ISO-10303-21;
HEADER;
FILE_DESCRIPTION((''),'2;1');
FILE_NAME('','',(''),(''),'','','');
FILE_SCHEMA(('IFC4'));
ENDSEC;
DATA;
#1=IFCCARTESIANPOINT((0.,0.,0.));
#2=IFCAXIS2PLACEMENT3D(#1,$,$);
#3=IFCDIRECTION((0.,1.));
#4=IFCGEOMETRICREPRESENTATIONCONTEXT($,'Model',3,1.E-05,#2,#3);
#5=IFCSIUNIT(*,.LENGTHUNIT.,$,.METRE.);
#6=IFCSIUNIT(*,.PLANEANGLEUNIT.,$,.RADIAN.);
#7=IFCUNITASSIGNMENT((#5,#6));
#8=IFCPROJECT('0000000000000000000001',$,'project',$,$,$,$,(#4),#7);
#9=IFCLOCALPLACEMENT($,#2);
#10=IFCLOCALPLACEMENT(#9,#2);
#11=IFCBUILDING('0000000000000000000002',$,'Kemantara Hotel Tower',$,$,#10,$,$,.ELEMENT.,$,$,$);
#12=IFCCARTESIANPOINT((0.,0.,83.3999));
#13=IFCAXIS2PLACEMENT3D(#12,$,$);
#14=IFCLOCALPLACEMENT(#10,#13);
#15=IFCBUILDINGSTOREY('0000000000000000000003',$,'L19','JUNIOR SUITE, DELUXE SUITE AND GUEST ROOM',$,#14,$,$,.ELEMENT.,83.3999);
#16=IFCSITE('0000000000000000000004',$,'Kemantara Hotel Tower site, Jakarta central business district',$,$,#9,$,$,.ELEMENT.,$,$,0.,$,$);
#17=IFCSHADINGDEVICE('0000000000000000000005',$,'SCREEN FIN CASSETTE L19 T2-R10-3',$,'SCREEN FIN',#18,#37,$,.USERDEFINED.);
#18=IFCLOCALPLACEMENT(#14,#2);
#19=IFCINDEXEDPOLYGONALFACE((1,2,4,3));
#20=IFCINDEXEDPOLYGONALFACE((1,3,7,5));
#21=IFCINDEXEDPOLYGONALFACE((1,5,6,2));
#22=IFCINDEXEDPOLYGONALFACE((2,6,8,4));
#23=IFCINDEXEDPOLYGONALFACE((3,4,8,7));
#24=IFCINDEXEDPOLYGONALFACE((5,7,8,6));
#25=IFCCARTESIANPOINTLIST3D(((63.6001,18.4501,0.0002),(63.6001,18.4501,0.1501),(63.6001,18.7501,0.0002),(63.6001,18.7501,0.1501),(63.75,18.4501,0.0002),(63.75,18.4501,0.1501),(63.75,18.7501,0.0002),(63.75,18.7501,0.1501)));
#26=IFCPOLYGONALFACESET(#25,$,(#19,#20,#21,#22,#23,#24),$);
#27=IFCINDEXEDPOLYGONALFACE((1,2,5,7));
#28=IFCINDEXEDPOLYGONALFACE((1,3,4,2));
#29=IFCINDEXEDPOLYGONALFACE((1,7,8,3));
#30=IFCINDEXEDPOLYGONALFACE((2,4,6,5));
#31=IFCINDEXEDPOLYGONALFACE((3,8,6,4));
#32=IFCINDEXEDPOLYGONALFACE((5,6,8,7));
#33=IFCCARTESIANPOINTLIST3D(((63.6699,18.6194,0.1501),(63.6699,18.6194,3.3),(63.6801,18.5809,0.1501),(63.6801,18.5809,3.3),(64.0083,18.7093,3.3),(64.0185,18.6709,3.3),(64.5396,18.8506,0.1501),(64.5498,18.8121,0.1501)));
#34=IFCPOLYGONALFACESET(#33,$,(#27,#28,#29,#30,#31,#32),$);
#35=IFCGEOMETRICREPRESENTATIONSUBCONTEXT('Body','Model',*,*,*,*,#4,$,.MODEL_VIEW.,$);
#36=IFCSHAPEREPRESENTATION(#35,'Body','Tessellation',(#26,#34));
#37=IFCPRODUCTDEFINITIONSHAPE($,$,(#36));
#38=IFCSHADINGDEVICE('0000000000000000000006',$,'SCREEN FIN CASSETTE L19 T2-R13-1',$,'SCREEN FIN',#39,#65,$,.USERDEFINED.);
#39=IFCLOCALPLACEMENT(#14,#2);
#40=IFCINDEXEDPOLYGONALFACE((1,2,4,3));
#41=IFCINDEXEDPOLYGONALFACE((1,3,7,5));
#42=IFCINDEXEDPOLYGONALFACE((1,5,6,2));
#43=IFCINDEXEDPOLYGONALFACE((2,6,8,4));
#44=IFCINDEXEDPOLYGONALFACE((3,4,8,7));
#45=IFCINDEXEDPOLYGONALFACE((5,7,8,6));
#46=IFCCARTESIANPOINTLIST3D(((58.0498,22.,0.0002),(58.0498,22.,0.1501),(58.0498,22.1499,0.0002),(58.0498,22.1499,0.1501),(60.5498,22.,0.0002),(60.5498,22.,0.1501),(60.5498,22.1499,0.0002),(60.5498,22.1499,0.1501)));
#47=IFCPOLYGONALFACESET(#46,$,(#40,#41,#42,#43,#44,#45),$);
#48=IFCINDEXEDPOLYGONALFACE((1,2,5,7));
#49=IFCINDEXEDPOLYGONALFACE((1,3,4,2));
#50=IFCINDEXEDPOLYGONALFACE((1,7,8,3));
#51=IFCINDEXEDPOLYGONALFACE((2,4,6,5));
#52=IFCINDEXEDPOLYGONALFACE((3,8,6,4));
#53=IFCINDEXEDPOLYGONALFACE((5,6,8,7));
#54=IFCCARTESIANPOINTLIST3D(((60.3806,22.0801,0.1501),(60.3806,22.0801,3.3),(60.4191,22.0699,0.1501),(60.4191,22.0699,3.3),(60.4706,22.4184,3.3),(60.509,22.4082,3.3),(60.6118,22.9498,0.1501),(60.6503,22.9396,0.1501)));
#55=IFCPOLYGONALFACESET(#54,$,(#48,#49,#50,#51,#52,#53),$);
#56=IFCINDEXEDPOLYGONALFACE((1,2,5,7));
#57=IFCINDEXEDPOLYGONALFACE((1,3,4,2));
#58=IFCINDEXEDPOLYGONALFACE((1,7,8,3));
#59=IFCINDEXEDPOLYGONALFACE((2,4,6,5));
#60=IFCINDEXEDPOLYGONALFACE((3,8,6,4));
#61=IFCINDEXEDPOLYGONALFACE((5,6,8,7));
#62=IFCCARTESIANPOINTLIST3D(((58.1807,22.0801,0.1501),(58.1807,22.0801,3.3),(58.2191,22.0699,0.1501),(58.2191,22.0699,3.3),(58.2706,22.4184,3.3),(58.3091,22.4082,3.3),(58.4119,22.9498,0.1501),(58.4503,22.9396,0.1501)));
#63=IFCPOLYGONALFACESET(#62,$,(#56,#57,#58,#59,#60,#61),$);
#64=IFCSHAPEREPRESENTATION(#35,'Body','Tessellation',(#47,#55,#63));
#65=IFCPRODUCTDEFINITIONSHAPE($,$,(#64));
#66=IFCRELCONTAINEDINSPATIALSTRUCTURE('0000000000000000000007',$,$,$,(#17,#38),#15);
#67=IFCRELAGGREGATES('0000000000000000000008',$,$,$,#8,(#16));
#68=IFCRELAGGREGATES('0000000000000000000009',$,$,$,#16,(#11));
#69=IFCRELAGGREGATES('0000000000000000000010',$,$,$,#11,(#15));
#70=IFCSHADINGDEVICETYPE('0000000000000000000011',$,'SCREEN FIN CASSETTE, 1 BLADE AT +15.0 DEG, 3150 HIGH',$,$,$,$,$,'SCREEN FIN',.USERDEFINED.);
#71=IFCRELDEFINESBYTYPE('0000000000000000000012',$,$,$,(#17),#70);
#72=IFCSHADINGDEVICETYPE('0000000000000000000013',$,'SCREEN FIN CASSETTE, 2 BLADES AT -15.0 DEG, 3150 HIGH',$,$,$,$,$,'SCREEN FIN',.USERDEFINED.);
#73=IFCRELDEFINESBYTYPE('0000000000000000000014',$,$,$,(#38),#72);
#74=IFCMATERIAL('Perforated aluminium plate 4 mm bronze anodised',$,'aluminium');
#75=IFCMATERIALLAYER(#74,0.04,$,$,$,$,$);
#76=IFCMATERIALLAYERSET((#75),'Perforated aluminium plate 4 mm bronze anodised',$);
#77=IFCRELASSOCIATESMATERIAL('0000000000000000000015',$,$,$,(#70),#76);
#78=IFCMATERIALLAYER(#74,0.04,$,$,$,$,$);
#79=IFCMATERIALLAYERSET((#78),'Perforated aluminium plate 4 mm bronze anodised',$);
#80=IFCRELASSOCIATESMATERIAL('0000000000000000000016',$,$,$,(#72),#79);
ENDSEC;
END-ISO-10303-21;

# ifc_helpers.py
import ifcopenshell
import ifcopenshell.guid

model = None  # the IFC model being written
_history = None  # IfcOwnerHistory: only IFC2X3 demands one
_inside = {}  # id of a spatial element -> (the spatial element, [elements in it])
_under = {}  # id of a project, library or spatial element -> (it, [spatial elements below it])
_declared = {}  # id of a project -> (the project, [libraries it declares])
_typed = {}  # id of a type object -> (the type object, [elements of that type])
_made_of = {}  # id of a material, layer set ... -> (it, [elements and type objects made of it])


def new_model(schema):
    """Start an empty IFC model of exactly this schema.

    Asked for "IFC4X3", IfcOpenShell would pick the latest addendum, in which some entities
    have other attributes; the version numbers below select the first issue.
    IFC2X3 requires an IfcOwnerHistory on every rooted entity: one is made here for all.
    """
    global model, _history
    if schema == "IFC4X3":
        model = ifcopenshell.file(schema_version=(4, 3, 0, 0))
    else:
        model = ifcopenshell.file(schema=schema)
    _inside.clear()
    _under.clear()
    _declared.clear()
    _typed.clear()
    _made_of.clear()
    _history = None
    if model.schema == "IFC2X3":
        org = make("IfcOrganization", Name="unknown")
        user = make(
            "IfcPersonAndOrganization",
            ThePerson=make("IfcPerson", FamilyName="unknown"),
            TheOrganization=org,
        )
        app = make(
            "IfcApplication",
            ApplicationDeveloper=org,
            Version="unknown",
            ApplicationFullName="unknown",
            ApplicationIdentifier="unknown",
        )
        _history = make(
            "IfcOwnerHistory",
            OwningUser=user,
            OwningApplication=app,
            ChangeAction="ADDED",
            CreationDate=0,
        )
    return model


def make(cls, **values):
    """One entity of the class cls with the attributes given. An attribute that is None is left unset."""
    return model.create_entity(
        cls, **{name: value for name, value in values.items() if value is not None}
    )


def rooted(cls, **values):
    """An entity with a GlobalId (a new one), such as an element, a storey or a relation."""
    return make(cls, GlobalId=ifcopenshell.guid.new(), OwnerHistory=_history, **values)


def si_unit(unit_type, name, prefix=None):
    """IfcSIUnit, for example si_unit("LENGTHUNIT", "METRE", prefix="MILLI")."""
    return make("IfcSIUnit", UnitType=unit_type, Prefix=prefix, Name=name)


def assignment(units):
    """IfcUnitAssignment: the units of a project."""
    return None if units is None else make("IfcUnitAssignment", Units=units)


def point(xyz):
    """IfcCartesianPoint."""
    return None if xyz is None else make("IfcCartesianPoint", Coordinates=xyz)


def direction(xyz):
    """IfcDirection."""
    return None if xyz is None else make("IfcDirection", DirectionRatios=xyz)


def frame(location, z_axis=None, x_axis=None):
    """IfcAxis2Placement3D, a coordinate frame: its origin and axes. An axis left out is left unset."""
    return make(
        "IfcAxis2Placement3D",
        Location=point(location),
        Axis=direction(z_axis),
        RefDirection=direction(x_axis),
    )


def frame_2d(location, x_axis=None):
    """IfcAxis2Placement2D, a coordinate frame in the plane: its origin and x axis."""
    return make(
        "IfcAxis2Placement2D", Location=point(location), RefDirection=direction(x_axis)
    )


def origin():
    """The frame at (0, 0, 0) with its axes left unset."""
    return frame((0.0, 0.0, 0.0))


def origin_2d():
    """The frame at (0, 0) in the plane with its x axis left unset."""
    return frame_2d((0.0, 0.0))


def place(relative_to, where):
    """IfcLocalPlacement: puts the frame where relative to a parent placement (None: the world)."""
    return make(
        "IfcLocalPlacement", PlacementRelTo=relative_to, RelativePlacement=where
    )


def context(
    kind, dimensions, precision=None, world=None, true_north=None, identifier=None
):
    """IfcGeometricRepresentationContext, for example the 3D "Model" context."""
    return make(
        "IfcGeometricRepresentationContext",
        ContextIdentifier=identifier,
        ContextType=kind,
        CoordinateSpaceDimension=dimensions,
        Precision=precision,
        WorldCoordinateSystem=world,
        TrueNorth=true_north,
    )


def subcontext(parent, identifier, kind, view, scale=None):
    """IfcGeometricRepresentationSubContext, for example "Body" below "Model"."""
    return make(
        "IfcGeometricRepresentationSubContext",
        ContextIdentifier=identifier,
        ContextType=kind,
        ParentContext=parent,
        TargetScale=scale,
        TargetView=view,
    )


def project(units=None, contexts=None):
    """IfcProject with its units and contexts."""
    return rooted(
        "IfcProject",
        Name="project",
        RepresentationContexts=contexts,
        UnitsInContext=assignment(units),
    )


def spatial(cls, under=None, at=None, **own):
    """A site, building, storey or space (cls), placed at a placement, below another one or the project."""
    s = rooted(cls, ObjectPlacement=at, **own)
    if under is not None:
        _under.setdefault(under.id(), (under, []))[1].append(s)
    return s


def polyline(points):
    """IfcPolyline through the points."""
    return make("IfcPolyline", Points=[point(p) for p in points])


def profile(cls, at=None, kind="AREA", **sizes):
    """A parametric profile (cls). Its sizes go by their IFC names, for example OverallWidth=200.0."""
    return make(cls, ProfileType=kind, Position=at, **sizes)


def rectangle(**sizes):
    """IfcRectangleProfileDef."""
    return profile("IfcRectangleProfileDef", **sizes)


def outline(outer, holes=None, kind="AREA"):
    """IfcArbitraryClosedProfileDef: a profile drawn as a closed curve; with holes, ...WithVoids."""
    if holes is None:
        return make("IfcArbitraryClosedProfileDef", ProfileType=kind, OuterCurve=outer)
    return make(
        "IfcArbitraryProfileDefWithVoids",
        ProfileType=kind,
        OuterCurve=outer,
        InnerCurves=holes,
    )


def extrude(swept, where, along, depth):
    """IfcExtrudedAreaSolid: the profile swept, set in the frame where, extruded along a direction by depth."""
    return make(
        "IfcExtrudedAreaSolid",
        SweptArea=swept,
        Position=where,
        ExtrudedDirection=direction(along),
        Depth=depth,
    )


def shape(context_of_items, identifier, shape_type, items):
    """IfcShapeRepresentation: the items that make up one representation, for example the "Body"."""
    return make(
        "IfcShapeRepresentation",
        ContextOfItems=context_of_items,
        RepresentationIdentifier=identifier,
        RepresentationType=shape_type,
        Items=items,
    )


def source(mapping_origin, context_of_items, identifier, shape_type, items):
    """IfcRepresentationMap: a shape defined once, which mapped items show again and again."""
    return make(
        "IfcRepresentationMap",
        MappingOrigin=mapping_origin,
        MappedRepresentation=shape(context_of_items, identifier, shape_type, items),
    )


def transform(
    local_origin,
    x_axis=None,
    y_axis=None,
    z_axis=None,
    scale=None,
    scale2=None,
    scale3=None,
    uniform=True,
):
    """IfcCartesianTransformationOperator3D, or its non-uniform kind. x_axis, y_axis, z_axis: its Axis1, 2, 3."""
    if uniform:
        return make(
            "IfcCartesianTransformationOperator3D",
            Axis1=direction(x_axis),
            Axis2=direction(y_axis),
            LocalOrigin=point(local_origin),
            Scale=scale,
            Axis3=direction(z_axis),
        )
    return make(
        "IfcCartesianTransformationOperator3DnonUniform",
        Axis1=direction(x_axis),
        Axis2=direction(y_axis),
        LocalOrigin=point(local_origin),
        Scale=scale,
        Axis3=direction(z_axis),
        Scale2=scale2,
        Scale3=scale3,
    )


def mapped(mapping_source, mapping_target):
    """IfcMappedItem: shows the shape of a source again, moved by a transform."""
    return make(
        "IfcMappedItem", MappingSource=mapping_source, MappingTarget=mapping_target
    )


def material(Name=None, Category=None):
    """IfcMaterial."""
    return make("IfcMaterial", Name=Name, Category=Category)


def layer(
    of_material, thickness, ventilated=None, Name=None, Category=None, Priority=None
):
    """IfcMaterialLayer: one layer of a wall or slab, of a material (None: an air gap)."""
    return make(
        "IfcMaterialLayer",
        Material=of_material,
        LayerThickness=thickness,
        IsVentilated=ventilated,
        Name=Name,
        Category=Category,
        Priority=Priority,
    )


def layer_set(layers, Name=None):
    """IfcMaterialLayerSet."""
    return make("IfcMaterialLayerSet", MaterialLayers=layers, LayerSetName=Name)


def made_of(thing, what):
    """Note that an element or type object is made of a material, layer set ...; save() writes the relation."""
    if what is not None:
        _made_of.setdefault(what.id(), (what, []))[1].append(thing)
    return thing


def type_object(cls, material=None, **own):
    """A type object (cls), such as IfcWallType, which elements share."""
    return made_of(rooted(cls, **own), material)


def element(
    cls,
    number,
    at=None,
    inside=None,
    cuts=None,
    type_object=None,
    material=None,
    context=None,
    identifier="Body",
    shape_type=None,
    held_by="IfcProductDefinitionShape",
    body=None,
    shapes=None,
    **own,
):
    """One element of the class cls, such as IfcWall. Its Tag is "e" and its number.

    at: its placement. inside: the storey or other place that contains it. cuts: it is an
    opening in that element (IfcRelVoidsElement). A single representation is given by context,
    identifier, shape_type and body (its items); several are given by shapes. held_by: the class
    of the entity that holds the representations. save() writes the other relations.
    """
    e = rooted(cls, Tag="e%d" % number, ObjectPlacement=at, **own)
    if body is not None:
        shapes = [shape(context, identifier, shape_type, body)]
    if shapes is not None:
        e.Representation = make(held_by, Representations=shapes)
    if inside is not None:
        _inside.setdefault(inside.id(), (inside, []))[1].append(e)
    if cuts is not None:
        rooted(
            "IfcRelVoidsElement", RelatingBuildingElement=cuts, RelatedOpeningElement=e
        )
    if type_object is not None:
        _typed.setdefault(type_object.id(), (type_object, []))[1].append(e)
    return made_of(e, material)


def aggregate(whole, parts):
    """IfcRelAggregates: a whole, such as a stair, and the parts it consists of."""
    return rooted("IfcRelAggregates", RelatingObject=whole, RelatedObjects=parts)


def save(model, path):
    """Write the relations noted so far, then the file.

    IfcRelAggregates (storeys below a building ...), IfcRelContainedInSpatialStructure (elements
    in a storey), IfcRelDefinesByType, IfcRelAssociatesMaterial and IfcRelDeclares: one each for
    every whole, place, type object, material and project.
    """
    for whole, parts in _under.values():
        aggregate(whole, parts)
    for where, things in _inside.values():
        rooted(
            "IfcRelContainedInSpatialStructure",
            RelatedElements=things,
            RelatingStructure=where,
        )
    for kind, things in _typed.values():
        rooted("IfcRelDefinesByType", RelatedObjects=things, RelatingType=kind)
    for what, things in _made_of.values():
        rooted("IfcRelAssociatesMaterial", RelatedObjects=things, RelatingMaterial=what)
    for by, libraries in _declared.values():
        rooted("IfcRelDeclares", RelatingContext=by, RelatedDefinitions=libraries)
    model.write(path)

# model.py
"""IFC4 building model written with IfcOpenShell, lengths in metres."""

from ifc_helpers import new_model, si_unit, direction, frame, origin, origin_2d, place, context, subcontext, project, spatial, polyline, rectangle, outline, extrude, source, transform, mapped, material, layer, layer_set, type_object, element, save


model = new_model("IFC4")

# Units and contexts
model_context = context("Model", 3, precision=1e-05, world=origin(), true_north=direction((0.0, 1.0)))
body_context = subcontext(model_context, "Body", "Model", "MODEL_VIEW")
ifc_project = project(units=[si_unit("LENGTHUNIT", "METRE"), si_unit("PLANEANGLEUNIT", "RADIAN")], contexts=[model_context])

# Site, building, storey
site_placement = place(None, origin())
site = spatial("IfcSite", under=ifc_project, at=site_placement, Name="Kemantara Hotel Tower site, Jakarta central business district", CompositionType="ELEMENT", RefElevation=0.0)
building_placement = place(site_placement, origin())
building = spatial("IfcBuilding", under=site, at=building_placement, Name="Kemantara Hotel Tower", CompositionType="ELEMENT")
storey_placement = place(building_placement, frame((0.0, 0.0, 83.3999)))
storey = spatial("IfcBuildingStorey", under=building, at=storey_placement, Name="L19", Description="JUNIOR SUITE, DELUXE SUITE AND GUEST ROOM", CompositionType="ELEMENT", Elevation=83.3999)

# Shading devices
ifc_material_1 = material(Name="Perforated aluminium plate 4 mm bronze anodised", Category="aluminium")
ifc_layer_1 = layer(ifc_material_1, 0.04)
ifc_layer_set_1 = layer_set([ifc_layer_1], Name="Perforated aluminium plate 4 mm bronze anodised")
shading_device_type_1 = type_object("IfcShadingDeviceType", Name="SCREEN FIN CASSETTE, 1 BLADE AT +15.0 DEG, 3150 HIGH", ElementType="SCREEN FIN", PredefinedType="USERDEFINED", material=ifc_layer_set_1)
shared_shape_1 = source(origin(), body_context, "Body", "SweptSolid", [
    extrude(rectangle(XDim=0.3, YDim=0.1499, at=origin_2d()), frame((0.0, -0.075, -0.1499), z_axis=(0.0, 0.0, 1.0), x_axis=(1.0, 0.0, 0.0)), (0.0, 0.0, 1.0), 0.1499),
    extrude(outline(polyline([(0.0, 0.0), (0.8999, 0.0), (0.3501, 3.1499), (0.0, 3.1499), (0.0, 0.0)])), frame((0.0193, -0.0698, 0.0), z_axis=(-0.966438, -0.256901, 0.0), x_axis=(0.256901, -0.966438, 0.0)), (0.0, 0.0, 1.0), 0.0398),
])
shading_device_1_placement = place(storey_placement, frame((63.6001, 18.6001, 0.1501), z_axis=(0.0, 0.0, 1.0), x_axis=(0.0, 1.0, 0.0)))
element("IfcShadingDevice", 1, at=shading_device_1_placement, inside=storey, type_object=shading_device_type_1, Name="SCREEN FIN CASSETTE L19 T2-R10-3", ObjectType="SCREEN FIN", PredefinedType="USERDEFINED", context=body_context, shape_type="MappedRepresentation", body=[
    mapped(shared_shape_1, transform((0.0, 0.0, 0.0))),
])
ifc_layer_2 = layer(ifc_material_1, 0.04)
ifc_layer_set_2 = layer_set([ifc_layer_2], Name="Perforated aluminium plate 4 mm bronze anodised")
shading_device_type_2 = type_object("IfcShadingDeviceType", Name="SCREEN FIN CASSETTE, 2 BLADES AT -15.0 DEG, 3150 HIGH", ElementType="SCREEN FIN", PredefinedType="USERDEFINED", material=ifc_layer_set_2)
shared_shape_2 = source(origin(), body_context, "Body", "SweptSolid", [
    extrude(rectangle(XDim=2.5, YDim=0.1499, at=origin_2d()), frame((1.1001, -0.075, -0.1499), z_axis=(0.0, 0.0, 1.0), x_axis=(1.0, 0.0, 0.0)), (0.0, 0.0, 1.0), 0.1499),
    extrude(outline(polyline([(0.0, 0.0), (0.8999, 0.0), (0.3501, 3.1499), (0.0, 3.1499), (0.0, 0.0)])), frame((0.0193, -0.0801, 0.0), z_axis=(-0.966438, 0.256901, 0.0), x_axis=(-0.256901, -0.966438, 0.0)), (0.0, 0.0, 1.0), 0.0398),
    extrude(outline(polyline([(0.0, 0.0), (0.8999, 0.0), (0.3501, 3.1499), (0.0, 3.1499), (0.0, 0.0)])), frame((2.2192, -0.0801, 0.0), z_axis=(-0.966438, 0.256901, 0.0), x_axis=(-0.256901, -0.966438, 0.0)), (0.0, 0.0, 1.0), 0.0398),
])
shading_device_2_placement = place(storey_placement, frame((60.3999, 22.0, 0.1501), z_axis=(0.0, 0.0, 1.0), x_axis=(-1.0, 0.0, 0.0)))
element("IfcShadingDevice", 2, at=shading_device_2_placement, inside=storey, type_object=shading_device_type_2, Name="SCREEN FIN CASSETTE L19 T2-R13-1", ObjectType="SCREEN FIN", PredefinedType="USERDEFINED", context=body_context, shape_type="MappedRepresentation", body=[
    mapped(shared_shape_2, transform((0.0, 0.0, 0.0))),
])

save(model, "model.ifc")
